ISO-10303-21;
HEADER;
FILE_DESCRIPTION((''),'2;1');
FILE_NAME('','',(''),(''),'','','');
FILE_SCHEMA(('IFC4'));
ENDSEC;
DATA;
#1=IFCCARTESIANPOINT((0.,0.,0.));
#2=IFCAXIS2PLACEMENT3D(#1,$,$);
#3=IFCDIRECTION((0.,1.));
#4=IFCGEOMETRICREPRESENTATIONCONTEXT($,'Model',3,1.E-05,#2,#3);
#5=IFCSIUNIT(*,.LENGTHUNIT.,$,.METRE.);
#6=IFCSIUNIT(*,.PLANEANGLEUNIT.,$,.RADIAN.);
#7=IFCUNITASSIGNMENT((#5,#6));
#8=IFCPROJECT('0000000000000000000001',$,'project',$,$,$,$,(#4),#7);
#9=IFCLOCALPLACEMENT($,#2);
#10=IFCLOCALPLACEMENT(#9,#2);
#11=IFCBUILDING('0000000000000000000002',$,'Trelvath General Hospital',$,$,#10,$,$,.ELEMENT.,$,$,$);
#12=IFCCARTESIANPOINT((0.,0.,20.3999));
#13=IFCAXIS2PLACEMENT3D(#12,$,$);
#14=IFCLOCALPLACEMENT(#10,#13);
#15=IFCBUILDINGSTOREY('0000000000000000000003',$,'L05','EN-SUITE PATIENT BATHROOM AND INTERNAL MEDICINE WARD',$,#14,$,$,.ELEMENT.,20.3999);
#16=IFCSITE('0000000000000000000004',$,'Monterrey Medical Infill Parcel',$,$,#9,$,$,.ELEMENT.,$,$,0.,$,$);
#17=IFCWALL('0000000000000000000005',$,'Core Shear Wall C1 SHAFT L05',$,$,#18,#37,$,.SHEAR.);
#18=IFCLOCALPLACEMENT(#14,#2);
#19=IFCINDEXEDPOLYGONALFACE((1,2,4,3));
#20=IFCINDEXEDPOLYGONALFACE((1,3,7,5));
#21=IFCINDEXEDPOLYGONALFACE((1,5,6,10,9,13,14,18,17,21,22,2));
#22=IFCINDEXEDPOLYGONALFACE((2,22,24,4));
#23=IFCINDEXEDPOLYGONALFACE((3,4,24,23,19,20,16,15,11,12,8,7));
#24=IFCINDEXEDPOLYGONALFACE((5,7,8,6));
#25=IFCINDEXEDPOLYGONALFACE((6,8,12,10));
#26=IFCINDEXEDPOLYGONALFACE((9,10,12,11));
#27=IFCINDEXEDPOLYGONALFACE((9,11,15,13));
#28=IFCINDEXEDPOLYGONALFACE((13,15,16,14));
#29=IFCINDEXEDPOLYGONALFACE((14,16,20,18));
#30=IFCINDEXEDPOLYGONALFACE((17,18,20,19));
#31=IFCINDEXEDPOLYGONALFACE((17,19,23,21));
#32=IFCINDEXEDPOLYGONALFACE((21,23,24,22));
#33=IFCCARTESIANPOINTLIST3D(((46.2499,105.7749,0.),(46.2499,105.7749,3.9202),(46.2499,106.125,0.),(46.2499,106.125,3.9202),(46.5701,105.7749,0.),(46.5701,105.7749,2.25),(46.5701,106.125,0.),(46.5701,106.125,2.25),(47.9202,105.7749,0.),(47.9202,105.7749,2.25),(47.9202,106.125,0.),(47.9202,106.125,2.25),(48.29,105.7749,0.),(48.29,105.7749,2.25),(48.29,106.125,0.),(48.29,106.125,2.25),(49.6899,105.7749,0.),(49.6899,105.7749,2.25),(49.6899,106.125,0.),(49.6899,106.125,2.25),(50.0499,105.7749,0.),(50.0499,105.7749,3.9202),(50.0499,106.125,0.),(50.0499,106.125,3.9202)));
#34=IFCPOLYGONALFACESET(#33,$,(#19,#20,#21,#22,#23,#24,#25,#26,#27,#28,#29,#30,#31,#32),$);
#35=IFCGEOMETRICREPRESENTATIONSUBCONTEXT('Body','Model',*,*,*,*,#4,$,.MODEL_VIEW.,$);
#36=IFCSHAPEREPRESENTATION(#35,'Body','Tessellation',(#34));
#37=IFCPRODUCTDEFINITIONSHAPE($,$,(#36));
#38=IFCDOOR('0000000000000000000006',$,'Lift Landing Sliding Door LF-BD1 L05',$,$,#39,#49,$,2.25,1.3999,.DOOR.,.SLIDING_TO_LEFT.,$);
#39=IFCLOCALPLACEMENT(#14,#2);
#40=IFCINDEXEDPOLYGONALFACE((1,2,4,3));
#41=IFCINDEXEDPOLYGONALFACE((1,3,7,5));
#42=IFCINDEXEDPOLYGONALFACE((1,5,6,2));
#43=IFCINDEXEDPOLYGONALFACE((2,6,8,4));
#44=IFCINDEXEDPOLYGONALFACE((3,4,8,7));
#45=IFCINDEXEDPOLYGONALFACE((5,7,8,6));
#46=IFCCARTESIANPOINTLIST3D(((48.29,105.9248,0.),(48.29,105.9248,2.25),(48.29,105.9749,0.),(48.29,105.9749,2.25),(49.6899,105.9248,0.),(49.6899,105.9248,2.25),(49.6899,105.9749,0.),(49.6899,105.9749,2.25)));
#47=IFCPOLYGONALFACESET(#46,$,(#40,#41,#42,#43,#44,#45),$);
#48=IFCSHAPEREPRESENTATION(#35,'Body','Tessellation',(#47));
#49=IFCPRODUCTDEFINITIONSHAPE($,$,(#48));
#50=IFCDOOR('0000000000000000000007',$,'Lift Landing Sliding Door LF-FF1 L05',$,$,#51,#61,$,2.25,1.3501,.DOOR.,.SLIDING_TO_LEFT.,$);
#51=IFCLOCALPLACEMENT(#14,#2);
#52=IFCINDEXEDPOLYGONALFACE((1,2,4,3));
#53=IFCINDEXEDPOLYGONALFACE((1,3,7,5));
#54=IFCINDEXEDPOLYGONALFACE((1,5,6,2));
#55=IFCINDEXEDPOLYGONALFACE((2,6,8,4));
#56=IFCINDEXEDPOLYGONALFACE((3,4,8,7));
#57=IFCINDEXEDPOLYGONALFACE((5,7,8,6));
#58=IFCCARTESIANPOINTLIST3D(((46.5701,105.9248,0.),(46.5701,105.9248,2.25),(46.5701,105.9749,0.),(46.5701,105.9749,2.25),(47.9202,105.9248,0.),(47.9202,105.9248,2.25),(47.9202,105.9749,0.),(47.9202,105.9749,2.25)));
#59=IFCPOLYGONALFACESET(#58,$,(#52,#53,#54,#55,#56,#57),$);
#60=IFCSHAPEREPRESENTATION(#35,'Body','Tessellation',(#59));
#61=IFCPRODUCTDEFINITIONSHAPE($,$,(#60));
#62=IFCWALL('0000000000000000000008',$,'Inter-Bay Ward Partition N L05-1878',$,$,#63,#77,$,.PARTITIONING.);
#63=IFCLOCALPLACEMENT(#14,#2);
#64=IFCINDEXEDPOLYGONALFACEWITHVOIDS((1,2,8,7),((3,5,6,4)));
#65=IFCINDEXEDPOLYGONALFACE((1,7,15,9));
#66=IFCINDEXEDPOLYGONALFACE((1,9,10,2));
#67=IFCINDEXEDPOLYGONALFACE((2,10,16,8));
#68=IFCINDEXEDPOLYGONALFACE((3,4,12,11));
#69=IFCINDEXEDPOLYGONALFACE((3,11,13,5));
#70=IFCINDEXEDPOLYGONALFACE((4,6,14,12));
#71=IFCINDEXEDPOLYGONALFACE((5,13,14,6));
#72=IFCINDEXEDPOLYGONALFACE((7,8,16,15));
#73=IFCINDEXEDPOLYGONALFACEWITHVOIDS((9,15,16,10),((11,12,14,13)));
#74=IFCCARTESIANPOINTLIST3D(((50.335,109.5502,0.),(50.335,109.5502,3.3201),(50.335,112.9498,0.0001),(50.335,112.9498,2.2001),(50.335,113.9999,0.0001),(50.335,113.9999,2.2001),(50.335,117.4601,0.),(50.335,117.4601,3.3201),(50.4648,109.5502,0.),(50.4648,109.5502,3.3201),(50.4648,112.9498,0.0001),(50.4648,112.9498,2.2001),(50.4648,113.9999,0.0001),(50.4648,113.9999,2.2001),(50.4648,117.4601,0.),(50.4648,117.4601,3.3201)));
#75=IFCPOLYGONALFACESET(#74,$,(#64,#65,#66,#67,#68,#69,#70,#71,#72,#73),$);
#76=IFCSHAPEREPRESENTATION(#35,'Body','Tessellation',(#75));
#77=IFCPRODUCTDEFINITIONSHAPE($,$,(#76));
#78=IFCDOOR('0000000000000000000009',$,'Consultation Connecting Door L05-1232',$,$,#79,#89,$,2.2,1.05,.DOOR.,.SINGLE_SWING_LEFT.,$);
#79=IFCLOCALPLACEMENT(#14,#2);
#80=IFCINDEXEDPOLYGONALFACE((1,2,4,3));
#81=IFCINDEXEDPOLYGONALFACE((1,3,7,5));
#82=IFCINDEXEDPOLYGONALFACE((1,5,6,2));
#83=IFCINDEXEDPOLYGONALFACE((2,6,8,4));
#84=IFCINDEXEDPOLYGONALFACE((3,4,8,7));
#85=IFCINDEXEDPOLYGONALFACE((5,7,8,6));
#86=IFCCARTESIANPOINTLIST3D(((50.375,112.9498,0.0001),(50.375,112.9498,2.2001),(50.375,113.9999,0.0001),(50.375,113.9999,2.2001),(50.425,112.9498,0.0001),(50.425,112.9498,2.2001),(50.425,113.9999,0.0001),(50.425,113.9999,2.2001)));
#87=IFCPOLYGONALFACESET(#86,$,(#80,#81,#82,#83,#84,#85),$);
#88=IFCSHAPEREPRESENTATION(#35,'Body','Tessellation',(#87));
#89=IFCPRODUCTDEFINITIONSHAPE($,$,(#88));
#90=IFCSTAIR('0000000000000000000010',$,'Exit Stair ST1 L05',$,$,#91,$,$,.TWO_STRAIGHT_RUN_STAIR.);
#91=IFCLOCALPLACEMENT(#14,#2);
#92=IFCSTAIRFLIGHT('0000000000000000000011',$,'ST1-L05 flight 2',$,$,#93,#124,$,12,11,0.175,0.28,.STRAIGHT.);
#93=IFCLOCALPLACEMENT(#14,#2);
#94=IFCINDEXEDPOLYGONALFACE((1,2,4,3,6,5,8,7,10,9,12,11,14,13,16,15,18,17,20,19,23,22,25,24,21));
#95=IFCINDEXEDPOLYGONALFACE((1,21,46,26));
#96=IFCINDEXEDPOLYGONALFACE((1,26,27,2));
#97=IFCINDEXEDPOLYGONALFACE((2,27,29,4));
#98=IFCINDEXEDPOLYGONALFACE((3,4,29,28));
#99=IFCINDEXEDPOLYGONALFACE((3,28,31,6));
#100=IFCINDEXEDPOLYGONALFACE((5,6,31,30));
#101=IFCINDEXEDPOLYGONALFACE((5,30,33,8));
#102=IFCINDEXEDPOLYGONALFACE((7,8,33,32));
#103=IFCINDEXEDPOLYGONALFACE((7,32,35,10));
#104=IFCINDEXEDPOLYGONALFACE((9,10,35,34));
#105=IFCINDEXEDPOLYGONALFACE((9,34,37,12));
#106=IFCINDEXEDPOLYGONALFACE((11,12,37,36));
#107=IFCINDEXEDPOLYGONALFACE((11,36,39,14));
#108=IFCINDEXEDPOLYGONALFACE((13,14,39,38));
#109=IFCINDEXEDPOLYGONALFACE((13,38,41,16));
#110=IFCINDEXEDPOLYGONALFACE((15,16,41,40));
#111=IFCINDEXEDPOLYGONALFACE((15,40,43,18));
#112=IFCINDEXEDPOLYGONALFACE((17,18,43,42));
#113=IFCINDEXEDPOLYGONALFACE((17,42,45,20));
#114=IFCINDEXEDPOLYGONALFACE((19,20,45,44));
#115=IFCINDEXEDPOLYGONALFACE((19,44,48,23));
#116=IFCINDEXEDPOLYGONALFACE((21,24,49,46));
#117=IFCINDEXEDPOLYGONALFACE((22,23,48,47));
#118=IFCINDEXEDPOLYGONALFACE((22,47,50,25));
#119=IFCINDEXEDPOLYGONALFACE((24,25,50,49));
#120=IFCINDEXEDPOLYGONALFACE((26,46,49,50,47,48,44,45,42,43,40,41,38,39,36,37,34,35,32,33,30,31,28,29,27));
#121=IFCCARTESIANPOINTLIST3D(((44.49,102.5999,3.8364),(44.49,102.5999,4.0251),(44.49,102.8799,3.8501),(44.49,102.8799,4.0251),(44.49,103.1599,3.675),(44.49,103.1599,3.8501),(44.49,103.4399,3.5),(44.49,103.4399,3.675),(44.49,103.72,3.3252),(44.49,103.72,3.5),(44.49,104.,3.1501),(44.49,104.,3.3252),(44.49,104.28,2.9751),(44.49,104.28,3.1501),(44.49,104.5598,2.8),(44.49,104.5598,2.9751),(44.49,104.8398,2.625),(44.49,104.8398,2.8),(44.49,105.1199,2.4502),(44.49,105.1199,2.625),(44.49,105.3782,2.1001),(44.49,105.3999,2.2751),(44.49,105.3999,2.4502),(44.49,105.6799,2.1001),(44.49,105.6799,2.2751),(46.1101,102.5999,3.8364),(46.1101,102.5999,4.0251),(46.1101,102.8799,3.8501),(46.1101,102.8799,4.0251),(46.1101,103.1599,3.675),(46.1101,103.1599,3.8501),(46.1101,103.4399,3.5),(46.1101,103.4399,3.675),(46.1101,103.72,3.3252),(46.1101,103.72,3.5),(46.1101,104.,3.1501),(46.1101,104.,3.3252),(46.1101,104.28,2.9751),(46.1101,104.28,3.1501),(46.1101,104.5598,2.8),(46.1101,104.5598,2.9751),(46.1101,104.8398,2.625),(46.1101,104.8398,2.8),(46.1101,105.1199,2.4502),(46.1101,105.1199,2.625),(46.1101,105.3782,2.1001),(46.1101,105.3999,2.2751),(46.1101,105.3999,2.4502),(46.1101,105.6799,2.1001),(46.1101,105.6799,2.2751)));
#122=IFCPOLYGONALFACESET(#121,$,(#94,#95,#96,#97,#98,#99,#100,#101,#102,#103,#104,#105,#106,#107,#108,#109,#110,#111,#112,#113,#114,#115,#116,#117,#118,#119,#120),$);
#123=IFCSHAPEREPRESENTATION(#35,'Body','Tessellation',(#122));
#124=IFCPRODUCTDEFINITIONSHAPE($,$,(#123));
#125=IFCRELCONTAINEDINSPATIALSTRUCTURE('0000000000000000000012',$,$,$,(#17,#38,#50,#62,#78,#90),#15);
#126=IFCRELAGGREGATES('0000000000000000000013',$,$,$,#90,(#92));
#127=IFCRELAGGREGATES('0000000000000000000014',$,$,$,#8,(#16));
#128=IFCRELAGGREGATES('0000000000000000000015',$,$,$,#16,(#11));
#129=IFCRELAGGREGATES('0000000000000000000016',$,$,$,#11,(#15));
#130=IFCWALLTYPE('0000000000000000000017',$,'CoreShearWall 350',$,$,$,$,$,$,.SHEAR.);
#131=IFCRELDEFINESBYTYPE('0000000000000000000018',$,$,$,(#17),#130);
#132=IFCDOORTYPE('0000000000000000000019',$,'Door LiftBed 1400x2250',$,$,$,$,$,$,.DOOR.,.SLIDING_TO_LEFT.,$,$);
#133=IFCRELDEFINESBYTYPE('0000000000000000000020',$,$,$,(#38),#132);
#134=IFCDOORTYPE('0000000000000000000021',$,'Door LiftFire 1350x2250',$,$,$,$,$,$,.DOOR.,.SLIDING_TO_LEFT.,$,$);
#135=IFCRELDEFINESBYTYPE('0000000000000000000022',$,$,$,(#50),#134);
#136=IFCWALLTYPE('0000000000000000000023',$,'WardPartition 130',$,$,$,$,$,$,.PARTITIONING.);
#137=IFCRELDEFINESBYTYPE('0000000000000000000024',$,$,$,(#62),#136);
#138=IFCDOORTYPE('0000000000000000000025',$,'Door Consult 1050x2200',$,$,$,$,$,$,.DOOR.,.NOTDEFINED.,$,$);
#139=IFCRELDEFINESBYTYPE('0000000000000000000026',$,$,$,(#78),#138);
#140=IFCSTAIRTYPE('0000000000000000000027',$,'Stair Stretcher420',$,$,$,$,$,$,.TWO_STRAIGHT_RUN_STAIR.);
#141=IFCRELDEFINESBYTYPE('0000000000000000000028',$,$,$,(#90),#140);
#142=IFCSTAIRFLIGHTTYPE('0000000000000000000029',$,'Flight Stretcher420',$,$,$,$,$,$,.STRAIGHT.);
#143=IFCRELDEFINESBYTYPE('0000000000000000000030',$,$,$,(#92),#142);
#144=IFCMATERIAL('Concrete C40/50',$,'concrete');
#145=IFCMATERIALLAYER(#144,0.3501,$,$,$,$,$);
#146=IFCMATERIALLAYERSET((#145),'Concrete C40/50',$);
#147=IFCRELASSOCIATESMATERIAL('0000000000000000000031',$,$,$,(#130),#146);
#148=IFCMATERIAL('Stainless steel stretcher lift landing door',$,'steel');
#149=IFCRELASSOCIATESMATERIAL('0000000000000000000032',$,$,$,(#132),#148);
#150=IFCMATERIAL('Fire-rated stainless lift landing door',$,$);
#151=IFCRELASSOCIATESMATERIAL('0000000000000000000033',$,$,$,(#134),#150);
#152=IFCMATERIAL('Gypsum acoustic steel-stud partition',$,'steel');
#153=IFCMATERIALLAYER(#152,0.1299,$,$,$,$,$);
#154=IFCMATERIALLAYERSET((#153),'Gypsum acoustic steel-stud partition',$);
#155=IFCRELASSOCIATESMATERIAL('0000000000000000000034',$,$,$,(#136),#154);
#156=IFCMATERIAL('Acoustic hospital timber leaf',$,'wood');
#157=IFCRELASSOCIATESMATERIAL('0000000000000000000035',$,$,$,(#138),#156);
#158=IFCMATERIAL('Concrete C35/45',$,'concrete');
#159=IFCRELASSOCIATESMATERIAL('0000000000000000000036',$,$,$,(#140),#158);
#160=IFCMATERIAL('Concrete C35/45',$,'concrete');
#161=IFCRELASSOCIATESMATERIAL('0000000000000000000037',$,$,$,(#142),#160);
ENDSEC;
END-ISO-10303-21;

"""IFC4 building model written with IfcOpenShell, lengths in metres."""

from ifc_helpers import new_model, si_unit, direction, frame, frame_2d, origin, place, context, subcontext, project, spatial, polyline, rectangle, outline, extrude, material, layer, layer_set, type_object, element, fill, aggregate, save


model = new_model("IFC4")

# Units and contexts
model_context = context("Model", 3, precision=1e-05, world=origin(), true_north=direction((0.0, 1.0)))
body_context = subcontext(model_context, "Body", "Model", "MODEL_VIEW")
ifc_project = project(units=[si_unit("LENGTHUNIT", "METRE"), si_unit("PLANEANGLEUNIT", "RADIAN")], contexts=[model_context])

# Site, building, storey
site_placement = place(None, origin())
site = spatial("IfcSite", under=ifc_project, at=site_placement, Name="Monterrey Medical Infill Parcel", CompositionType="ELEMENT", RefElevation=0.0)
building_placement = place(site_placement, origin())
building = spatial("IfcBuilding", under=site, at=building_placement, Name="Trelvath General Hospital", CompositionType="ELEMENT")
storey_placement = place(building_placement, frame((0.0, 0.0, 20.3999)))
storey = spatial("IfcBuildingStorey", under=building, at=storey_placement, Name="L05", Description="EN-SUITE PATIENT BATHROOM AND INTERNAL MEDICINE WARD", CompositionType="ELEMENT", Elevation=20.3999)

# Wall, openings, doors
ifc_material_1 = material(Name="Concrete C40/50", Category="concrete")
ifc_layer_1 = layer(ifc_material_1, 0.3501)
ifc_layer_set_1 = layer_set([ifc_layer_1], Name="Concrete C40/50")
wall_type_1 = type_object("IfcWallType", Name="CoreShearWall 350", PredefinedType="SHEAR", material=ifc_layer_set_1)
wall_1_placement = place(storey_placement, frame((46.25, 105.95, 0.0), z_axis=(0.0, 0.0, 1.0), x_axis=(1.0, 0.0, 0.0)))
wall_1 = element("IfcWall", 1, at=wall_1_placement, inside=storey, type_object=wall_type_1, Name="Core Shear Wall C1 SHAFT L05", PredefinedType="SHEAR", context=body_context, shape_type="SweptSolid", body=[
    extrude(rectangle(XDim=3.8, YDim=0.3501, at=frame_2d((1.8999, 0.0))), origin(), (0.0, 0.0, 1.0), 3.9202),
])
opening_1_placement = place(wall_1_placement, frame((0.3201, 0.0, 0.0)))
opening_1 = element("IfcOpeningElement", 2, at=opening_1_placement, cuts=wall_1, PredefinedType="OPENING", context=body_context, shape_type="SweptSolid", body=[
    extrude(rectangle(XDim=1.3501, YDim=2.25, at=frame_2d((0.675, 1.125))), frame((0.0, 0.1851, 0.0), z_axis=(0.0, -1.0, 0.0), x_axis=(1.0, 0.0, 0.0)), (0.0, 0.0, 1.0), 0.3701),
])
opening_2_placement = place(wall_1_placement, frame((2.04, 0.0, 0.0)))
opening_2 = element("IfcOpeningElement", 3, at=opening_2_placement, cuts=wall_1, PredefinedType="OPENING", context=body_context, shape_type="SweptSolid", body=[
    extrude(rectangle(XDim=1.3999, YDim=2.25, at=frame_2d((0.7, 1.125))), frame((0.0, 0.1851, 0.0), z_axis=(0.0, -1.0, 0.0), x_axis=(1.0, 0.0, 0.0)), (0.0, 0.0, 1.0), 0.3701),
])
ifc_material_2 = material(Name="Stainless steel stretcher lift landing door", Category="steel")
door_type_1 = type_object("IfcDoorType", Name="Door LiftBed 1400x2250", OperationType="SLIDING_TO_LEFT", PredefinedType="DOOR", material=ifc_material_2)
door_1_placement = place(opening_2_placement, origin())
door_1 = element("IfcDoor", 4, at=door_1_placement, inside=storey, type_object=door_type_1, Name="Lift Landing Sliding Door LF-BD1 L05", OperationType="SLIDING_TO_LEFT", OverallHeight=2.25, OverallWidth=1.3999, PredefinedType="DOOR", context=body_context, shape_type="SweptSolid", body=[
    extrude(rectangle(XDim=1.3999, YDim=2.25, at=frame_2d((0.7, 1.125))), frame((0.0, 0.0249, 0.0), z_axis=(0.0, -1.0, 0.0), x_axis=(1.0, 0.0, 0.0)), (0.0, 0.0, 1.0), 0.05),
])
fill(opening_2, door_1)
ifc_material_3 = material(Name="Fire-rated stainless lift landing door")
door_type_2 = type_object("IfcDoorType", Name="Door LiftFire 1350x2250", OperationType="SLIDING_TO_LEFT", PredefinedType="DOOR", material=ifc_material_3)
door_2_placement = place(opening_1_placement, origin())
door_2 = element("IfcDoor", 5, at=door_2_placement, inside=storey, type_object=door_type_2, Name="Lift Landing Sliding Door LF-FF1 L05", OperationType="SLIDING_TO_LEFT", OverallHeight=2.25, OverallWidth=1.3501, PredefinedType="DOOR", context=body_context, shape_type="SweptSolid", body=[
    extrude(rectangle(XDim=1.3501, YDim=2.25, at=frame_2d((0.675, 1.125))), frame((0.0, 0.0249, 0.0), z_axis=(0.0, -1.0, 0.0), x_axis=(1.0, 0.0, 0.0)), (0.0, 0.0, 1.0), 0.05),
])
fill(opening_1, door_2)

# Wall, opening, door
ifc_material_4 = material(Name="Gypsum acoustic steel-stud partition", Category="steel")
ifc_layer_2 = layer(ifc_material_4, 0.1299)
ifc_layer_set_2 = layer_set([ifc_layer_2], Name="Gypsum acoustic steel-stud partition")
wall_type_2 = type_object("IfcWallType", Name="WardPartition 130", PredefinedType="PARTITIONING", material=ifc_layer_set_2)
wall_2_placement = place(storey_placement, frame((50.3999, 109.55, 0.0), z_axis=(0.0, 0.0, 1.0), x_axis=(0.0, 1.0, 0.0)))
wall_2 = element("IfcWall", 6, at=wall_2_placement, inside=storey, type_object=wall_type_2, Name="Inter-Bay Ward Partition N L05-1878", PredefinedType="PARTITIONING", context=body_context, shape_type="SweptSolid", body=[
    extrude(rectangle(XDim=7.9099, YDim=0.1299, at=frame_2d((3.9551, 0.0))), origin(), (0.0, 0.0, 1.0), 3.3201),
])
opening_3_placement = place(wall_2_placement, frame((3.3999, 0.0, 0.0)))
opening_3 = element("IfcOpeningElement", 7, at=opening_3_placement, cuts=wall_2, PredefinedType="OPENING", context=body_context, shape_type="SweptSolid", body=[
    extrude(rectangle(XDim=1.05, YDim=2.2, at=frame_2d((0.5249, 1.1001))), frame((0.0, 0.075, 0.0), z_axis=(0.0, -1.0, 0.0), x_axis=(1.0, 0.0, 0.0)), (0.0, 0.0, 1.0), 0.1499),
])
ifc_material_5 = material(Name="Acoustic hospital timber leaf", Category="wood")
door_type_3 = type_object("IfcDoorType", Name="Door Consult 1050x2200", OperationType="NOTDEFINED", PredefinedType="DOOR", material=ifc_material_5)
door_3_placement = place(opening_3_placement, origin())
door_3 = element("IfcDoor", 8, at=door_3_placement, inside=storey, type_object=door_type_3, Name="Consultation Connecting Door L05-1232", OperationType="SINGLE_SWING_LEFT", OverallHeight=2.2, OverallWidth=1.05, PredefinedType="DOOR", context=body_context, shape_type="SweptSolid", body=[
    extrude(rectangle(XDim=1.05, YDim=2.2, at=frame_2d((0.5249, 1.1001))), frame((0.0, 0.0249, 0.0), z_axis=(0.0, -1.0, 0.0), x_axis=(1.0, 0.0, 0.0)), (0.0, 0.0, 1.0), 0.05),
])
fill(opening_3, door_3)

# Stair, stair flight
ifc_material_6 = material(Name="Concrete C35/45", Category="concrete")
stair_type = type_object("IfcStairType", Name="Stair Stretcher420", PredefinedType="TWO_STRAIGHT_RUN_STAIR", material=ifc_material_6)
stair_placement = place(storey_placement, origin())
stair = element("IfcStair", 9, at=stair_placement, inside=storey, type_object=stair_type, Name="Exit Stair ST1 L05", PredefinedType="TWO_STRAIGHT_RUN_STAIR")
ifc_material_7 = material(Name="Concrete C35/45", Category="concrete")
stair_flight_type = type_object("IfcStairFlightType", Name="Flight Stretcher420", PredefinedType="STRAIGHT", material=ifc_material_7)
stair_flight_placement = place(storey_placement, frame((45.3, 105.6799, 2.1001), z_axis=(0.0, 0.0, 1.0), x_axis=(0.0, -1.0, 0.0)))
stair_flight = element("IfcStairFlight", 10, at=stair_flight_placement, type_object=stair_flight_type, Name="ST1-L05 flight 2", NumberOfRisers=12, NumberOfTreads=11, PredefinedType="STRAIGHT", RiserHeight=0.175, TreadLength=0.28, context=body_context, shape_type="SweptSolid", body=[
    extrude(outline(polyline([(0.0, 0.0), (0.0, 0.175), (0.28, 0.175), (0.28, 0.3501), (0.5601, 0.3501), (0.5601, 0.5249), (0.8401, 0.5249), (0.8401, 0.7), (1.1201, 0.7), (1.1201, 0.875), (1.3999, 0.875), (1.3999, 1.05), (1.6799, 1.05), (1.6799, 1.2251), (1.96, 1.2251), (1.96, 1.3999), (2.24, 1.3999), (2.24, 1.575), (2.52, 1.575), (2.52, 1.75), (2.8, 1.75), (2.8, 1.925), (3.0801, 1.925), (3.0801, 2.1001), (3.0801, 1.7363), (0.3018, 0.0), (0.0, 0.0)])), frame((0.0, 0.8101, 0.0), z_axis=(0.0, -1.0, 0.0), x_axis=(1.0, 0.0, 0.0)), (0.0, 0.0, 1.0), 1.6201),
])
aggregate(stair, [stair_flight])

save(model, "model.ifc")
